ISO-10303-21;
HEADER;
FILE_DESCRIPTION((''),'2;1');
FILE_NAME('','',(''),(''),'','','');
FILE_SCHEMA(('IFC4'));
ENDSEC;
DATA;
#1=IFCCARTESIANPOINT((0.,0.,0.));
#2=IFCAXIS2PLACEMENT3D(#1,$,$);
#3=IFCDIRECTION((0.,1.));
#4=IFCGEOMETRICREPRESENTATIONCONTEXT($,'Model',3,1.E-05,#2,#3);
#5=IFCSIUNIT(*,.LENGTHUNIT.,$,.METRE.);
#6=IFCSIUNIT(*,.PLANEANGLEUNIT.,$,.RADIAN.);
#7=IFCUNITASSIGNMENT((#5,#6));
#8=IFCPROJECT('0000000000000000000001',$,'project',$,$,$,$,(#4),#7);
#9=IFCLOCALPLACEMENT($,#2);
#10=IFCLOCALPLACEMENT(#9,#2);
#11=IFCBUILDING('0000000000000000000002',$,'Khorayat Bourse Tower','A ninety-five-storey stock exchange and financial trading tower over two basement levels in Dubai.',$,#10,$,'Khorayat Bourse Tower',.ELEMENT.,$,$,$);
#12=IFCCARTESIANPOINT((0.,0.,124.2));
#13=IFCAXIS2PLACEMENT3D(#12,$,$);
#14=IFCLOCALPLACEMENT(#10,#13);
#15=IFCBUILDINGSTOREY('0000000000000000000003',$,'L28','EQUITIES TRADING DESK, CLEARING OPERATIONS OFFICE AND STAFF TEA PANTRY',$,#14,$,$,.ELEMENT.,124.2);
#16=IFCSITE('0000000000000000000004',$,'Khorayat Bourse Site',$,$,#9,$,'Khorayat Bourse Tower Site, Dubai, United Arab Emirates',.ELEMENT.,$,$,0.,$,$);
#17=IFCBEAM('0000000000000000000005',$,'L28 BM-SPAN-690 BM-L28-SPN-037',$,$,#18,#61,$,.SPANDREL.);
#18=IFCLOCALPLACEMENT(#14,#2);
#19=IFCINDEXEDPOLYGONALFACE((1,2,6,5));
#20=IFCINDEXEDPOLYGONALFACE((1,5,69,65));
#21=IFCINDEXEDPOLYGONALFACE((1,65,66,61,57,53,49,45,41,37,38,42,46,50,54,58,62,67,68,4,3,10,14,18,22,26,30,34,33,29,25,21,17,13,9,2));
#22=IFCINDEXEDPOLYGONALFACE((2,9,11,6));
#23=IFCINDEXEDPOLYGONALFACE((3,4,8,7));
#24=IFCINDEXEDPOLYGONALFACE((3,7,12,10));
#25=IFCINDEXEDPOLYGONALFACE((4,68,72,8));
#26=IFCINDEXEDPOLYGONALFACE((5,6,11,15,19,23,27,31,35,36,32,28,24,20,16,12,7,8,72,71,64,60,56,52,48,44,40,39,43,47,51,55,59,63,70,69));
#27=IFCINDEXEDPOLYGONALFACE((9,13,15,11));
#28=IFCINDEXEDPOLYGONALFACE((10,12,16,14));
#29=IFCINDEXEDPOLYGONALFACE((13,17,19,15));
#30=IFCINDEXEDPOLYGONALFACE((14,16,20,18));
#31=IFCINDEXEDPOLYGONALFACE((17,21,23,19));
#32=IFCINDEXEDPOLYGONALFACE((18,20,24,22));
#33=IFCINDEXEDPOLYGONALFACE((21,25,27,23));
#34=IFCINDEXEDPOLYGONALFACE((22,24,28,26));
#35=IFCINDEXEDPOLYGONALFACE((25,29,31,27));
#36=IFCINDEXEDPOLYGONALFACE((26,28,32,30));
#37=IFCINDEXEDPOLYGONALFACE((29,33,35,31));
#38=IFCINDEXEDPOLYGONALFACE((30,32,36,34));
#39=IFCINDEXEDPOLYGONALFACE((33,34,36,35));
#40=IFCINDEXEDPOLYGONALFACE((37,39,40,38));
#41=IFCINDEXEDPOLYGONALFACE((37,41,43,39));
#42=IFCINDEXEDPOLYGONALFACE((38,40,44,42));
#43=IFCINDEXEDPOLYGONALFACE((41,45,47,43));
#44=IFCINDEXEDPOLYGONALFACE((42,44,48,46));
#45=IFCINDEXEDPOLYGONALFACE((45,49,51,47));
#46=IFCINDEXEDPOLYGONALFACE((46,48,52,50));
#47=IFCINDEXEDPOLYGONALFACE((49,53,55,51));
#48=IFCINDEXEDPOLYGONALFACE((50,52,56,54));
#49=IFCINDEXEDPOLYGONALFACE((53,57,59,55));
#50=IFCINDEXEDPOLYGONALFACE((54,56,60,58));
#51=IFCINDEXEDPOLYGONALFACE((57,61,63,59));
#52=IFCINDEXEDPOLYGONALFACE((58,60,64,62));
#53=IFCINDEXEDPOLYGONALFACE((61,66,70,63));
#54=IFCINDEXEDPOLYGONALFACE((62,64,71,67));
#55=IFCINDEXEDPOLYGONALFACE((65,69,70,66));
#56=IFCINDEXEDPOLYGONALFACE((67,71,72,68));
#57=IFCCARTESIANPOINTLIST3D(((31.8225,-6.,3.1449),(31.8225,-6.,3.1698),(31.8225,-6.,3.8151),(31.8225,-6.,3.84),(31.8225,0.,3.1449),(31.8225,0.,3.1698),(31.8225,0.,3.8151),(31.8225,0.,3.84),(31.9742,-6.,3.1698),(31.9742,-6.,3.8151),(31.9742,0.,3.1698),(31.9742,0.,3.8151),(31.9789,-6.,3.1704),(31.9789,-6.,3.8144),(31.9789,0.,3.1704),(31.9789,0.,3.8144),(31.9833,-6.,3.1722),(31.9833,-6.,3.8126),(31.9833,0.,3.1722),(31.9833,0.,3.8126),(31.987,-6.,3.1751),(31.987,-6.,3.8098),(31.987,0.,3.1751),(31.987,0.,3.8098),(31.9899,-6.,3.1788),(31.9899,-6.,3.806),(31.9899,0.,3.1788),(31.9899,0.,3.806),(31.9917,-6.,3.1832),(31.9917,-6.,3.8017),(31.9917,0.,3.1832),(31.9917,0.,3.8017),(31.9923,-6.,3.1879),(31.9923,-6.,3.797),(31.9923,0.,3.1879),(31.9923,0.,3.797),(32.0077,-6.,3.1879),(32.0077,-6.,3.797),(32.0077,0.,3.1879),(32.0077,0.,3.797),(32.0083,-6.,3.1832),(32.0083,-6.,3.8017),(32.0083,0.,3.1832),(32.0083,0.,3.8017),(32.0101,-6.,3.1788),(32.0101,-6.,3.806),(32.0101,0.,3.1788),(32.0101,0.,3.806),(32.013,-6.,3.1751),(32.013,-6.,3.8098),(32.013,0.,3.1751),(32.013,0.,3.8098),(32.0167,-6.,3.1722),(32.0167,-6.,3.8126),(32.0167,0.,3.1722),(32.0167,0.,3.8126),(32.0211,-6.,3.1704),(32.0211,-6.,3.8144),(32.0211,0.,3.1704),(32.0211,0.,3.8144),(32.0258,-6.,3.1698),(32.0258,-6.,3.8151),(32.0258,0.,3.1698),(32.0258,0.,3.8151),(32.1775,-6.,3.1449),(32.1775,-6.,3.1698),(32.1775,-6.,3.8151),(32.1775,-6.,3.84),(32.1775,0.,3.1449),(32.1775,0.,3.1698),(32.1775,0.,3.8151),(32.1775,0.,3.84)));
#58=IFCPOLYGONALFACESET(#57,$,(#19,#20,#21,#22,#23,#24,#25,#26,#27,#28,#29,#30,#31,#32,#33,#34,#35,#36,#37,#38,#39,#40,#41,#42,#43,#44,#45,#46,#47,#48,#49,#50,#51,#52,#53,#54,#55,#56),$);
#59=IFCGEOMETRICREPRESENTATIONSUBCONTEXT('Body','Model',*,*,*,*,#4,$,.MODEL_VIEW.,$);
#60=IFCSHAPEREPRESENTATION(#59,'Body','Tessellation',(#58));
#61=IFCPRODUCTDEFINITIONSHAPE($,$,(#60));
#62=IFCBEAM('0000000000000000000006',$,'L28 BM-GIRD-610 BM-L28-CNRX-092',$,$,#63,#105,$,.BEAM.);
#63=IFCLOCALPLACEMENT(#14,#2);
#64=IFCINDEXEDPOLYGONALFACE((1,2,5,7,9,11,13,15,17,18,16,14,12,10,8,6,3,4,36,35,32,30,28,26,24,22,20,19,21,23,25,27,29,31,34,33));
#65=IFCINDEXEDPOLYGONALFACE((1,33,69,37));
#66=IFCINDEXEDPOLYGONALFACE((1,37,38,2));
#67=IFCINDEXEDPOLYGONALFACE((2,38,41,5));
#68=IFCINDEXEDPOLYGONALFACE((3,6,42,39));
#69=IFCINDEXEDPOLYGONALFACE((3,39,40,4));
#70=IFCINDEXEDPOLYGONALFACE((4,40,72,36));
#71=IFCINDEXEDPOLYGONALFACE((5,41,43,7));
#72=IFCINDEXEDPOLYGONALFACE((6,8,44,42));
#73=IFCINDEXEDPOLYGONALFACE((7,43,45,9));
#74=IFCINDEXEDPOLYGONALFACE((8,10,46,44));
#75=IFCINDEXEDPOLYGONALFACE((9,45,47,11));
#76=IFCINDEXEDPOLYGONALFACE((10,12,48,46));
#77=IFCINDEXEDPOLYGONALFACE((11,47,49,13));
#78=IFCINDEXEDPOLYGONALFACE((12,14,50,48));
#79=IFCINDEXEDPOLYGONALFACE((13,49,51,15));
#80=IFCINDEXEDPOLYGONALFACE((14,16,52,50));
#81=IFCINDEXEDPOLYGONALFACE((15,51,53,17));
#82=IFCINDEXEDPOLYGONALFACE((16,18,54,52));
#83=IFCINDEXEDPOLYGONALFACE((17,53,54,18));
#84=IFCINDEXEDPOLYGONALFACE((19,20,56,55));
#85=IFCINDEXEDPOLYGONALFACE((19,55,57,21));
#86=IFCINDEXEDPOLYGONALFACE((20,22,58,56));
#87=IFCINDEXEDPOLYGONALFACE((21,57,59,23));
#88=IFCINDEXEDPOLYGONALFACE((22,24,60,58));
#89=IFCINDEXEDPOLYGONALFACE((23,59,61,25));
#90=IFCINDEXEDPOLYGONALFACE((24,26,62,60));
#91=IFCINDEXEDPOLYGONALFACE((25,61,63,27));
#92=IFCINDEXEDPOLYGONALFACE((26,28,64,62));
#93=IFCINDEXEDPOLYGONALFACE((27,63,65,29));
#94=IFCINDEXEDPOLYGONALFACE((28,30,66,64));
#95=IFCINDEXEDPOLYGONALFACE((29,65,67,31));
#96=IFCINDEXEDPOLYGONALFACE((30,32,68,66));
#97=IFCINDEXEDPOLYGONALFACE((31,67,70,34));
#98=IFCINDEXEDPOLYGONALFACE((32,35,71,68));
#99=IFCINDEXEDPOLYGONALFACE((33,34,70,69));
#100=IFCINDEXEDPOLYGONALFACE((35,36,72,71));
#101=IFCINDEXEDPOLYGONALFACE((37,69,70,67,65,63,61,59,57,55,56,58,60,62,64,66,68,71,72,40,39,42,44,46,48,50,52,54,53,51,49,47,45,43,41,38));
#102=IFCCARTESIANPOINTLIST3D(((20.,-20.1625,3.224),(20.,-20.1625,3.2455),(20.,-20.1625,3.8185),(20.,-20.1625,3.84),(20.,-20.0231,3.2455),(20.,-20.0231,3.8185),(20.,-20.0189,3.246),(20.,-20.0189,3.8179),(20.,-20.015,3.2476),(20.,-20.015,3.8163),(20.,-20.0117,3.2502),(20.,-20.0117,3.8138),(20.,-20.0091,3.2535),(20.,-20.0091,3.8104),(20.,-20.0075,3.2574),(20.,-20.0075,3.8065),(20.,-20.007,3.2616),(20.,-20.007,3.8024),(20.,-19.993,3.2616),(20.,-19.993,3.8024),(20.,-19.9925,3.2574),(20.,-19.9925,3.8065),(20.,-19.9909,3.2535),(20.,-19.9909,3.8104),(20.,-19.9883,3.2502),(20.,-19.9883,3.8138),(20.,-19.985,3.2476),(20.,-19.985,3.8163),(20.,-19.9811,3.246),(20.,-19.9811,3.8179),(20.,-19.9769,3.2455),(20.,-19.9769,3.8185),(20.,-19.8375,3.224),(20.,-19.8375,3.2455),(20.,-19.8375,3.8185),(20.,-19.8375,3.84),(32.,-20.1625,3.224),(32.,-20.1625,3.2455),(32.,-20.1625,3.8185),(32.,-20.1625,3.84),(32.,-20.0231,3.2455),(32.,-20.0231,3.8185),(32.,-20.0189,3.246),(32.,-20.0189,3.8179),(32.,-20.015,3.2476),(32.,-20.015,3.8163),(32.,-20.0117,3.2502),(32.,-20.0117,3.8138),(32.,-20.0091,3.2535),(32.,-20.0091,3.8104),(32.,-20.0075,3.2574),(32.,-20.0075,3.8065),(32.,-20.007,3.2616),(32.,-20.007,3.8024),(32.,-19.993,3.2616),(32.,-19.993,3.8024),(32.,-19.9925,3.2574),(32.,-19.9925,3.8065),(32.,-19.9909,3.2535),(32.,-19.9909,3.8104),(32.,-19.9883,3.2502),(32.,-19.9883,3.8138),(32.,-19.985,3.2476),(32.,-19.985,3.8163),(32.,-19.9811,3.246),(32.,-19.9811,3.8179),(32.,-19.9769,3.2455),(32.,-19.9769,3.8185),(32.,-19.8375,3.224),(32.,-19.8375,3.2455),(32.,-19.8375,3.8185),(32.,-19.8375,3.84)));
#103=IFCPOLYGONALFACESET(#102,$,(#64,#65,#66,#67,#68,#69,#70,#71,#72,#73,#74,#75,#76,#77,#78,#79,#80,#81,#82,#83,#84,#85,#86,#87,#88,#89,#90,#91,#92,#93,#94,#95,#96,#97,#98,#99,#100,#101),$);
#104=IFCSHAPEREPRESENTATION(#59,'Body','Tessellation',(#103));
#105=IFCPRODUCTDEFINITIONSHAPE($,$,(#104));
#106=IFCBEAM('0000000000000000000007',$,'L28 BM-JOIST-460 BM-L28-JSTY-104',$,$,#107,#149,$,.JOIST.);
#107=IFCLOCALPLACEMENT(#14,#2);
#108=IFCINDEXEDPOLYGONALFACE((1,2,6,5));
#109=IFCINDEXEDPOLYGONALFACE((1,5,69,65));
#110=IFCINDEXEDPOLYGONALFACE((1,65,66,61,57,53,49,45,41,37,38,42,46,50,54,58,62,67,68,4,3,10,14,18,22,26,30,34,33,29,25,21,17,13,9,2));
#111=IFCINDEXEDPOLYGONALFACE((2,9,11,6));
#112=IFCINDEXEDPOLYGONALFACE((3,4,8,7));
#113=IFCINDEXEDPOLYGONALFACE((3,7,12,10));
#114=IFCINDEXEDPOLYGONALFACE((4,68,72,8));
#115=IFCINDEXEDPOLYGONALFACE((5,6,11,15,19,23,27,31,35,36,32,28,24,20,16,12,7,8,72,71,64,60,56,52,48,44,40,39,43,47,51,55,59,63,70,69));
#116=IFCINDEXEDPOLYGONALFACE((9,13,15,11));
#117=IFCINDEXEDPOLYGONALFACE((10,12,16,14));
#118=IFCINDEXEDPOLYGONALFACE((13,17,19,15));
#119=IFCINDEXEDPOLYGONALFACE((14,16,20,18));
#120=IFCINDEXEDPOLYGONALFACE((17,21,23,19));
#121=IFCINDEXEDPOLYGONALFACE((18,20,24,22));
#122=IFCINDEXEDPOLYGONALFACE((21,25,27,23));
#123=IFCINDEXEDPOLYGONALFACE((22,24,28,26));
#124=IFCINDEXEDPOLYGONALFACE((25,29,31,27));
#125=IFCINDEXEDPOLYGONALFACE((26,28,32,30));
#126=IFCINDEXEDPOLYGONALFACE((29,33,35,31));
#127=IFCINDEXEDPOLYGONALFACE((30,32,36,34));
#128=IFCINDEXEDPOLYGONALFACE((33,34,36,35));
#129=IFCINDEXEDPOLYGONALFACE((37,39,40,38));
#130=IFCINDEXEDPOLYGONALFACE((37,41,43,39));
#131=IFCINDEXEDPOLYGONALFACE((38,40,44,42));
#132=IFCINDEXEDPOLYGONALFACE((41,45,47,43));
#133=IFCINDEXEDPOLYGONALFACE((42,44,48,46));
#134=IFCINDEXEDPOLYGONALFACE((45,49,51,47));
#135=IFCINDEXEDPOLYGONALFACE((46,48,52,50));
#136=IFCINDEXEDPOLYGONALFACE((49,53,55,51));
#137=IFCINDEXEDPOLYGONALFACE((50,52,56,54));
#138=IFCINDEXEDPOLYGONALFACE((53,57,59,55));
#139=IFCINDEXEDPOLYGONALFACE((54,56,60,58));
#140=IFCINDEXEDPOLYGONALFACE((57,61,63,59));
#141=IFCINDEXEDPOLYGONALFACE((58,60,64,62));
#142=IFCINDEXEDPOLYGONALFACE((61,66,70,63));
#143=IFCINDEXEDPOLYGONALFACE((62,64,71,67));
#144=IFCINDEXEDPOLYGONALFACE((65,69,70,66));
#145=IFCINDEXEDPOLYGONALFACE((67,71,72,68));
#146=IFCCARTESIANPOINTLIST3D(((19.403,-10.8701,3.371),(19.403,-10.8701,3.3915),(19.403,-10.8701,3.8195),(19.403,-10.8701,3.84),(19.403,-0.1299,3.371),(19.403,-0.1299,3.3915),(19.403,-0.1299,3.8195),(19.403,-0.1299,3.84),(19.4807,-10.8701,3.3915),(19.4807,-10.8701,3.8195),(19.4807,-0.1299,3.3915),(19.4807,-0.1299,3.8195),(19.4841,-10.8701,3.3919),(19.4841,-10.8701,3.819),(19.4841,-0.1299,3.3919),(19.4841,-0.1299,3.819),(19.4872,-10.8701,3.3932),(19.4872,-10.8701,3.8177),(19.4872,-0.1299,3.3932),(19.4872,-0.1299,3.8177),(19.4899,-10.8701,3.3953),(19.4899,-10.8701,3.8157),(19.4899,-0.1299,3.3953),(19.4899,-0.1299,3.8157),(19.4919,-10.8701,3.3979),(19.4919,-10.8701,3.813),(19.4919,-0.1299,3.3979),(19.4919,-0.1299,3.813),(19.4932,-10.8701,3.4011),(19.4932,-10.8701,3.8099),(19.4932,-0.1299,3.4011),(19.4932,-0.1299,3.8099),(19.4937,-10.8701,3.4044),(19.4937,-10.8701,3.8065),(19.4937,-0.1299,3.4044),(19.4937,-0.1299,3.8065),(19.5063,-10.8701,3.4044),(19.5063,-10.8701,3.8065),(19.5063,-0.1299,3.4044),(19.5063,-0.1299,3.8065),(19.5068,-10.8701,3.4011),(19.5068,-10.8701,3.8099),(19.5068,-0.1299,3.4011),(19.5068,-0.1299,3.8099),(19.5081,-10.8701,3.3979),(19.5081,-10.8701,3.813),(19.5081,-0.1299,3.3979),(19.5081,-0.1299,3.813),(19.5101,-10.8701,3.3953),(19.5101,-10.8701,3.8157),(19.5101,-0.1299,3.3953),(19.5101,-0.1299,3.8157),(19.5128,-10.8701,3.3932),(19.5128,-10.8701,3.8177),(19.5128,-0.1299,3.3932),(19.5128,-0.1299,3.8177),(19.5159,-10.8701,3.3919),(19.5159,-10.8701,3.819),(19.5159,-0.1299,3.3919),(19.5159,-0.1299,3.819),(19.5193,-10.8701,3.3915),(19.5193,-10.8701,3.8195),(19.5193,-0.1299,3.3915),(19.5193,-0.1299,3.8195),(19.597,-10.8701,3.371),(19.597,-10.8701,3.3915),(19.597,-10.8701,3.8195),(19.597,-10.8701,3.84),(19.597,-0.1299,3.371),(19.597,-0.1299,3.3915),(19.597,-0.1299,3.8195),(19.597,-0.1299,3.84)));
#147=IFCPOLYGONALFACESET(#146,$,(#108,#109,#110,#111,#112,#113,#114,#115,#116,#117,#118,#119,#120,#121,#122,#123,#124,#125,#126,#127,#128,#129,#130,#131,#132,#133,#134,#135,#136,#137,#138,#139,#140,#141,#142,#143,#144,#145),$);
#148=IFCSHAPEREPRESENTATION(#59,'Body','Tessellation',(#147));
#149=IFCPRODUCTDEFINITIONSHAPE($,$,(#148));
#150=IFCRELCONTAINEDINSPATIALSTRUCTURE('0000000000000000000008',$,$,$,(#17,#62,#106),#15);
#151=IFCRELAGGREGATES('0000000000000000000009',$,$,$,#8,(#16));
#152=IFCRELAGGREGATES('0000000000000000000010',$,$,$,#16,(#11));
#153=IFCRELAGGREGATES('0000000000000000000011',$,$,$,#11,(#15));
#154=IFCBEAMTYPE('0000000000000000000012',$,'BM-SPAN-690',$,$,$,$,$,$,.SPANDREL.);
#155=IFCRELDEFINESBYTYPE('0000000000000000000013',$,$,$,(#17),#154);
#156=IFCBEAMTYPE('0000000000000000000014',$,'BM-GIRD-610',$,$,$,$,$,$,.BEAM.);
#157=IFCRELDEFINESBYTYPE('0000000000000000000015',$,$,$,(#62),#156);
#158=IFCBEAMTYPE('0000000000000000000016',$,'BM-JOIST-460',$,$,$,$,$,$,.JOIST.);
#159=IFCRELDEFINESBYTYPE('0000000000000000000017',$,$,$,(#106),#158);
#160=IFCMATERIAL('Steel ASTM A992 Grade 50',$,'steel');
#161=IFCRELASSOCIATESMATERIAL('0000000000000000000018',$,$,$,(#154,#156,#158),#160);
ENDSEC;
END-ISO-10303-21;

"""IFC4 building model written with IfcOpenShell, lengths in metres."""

from ifc_helpers import new_model, si_unit, direction, frame, origin, origin_2d, place, context, subcontext, project, spatial, i_section, extrude, source, transform, mapped, material, material_profile, profile_set, type_object, element, save


model = new_model("IFC4")

# Units and contexts
model_context = context("Model", 3, precision=1e-05, world=origin(), true_north=direction((0.0, 1.0)))
body_context = subcontext(model_context, "Body", "Model", "MODEL_VIEW")
ifc_project = project(units=[si_unit("LENGTHUNIT", "METRE"), si_unit("PLANEANGLEUNIT", "RADIAN")], contexts=[model_context])

# Site, building, storey
site_placement = place(None, origin())
site = spatial("IfcSite", under=ifc_project, at=site_placement, Name="Khorayat Bourse Site", LongName="Khorayat Bourse Tower Site, Dubai, United Arab Emirates", CompositionType="ELEMENT", RefElevation=0.0)
building_placement = place(site_placement, origin())
building = spatial("IfcBuilding", under=site, at=building_placement, Name="Khorayat Bourse Tower", Description="A ninety-five-storey stock exchange and financial trading tower over two basement levels in Dubai.", LongName="Khorayat Bourse Tower", CompositionType="ELEMENT")
storey_placement = place(building_placement, frame((0.0, 0.0, 124.2)))
storey = spatial("IfcBuildingStorey", under=building, at=storey_placement, Name="L28", Description="EQUITIES TRADING DESK, CLEARING OPERATIONS OFFICE AND STAFF TEA PANTRY", CompositionType="ELEMENT", Elevation=124.2)

# Beams
ifc_material_1 = material(Name="Steel ASTM A992 Grade 50", Category="steel")
ifc_material_profile_1 = material_profile(ifc_material_1, i_section(OverallWidth=0.355, OverallDepth=0.6951, WebThickness=0.0154, FlangeThickness=0.0249, FilletRadius=0.0181, at=origin_2d()), Name="W690X217")
ifc_profile_set_1 = profile_set([ifc_material_profile_1], Name="Steel ASTM A992 Grade 50")
beam_type_1 = type_object("IfcBeamType", Name="BM-SPAN-690", PredefinedType="SPANDREL", material=ifc_profile_set_1)
shared_shape_1 = source(origin(), body_context, "Body", "SweptSolid", [
    extrude(i_section(OverallWidth=0.355, OverallDepth=0.6951, WebThickness=0.0154, FlangeThickness=0.0249, FilletRadius=0.0181, at=origin_2d()), origin(), (0.0, 0.0, 1.0), 6.0),
])
beam_1_placement = place(storey_placement, frame((32.0, -6.0, 3.4924), z_axis=(0.0, 1.0, 0.0), x_axis=(-1.0, 0.0, 0.0)))
element("IfcBeam", 1, at=beam_1_placement, inside=storey, type_object=beam_type_1, Name="L28 BM-SPAN-690 BM-L28-SPN-037", PredefinedType="SPANDREL", context=body_context, shape_type="MappedRepresentation", body=[
    mapped(shared_shape_1, transform((0.0, 0.0, 0.0), scale=1.0)),
])
ifc_material_profile_2 = material_profile(ifc_material_1, i_section(OverallWidth=0.325, OverallDepth=0.616, WebThickness=0.0139, FlangeThickness=0.0215, FilletRadius=0.0161, at=origin_2d()), Name="W610X174")
ifc_profile_set_2 = profile_set([ifc_material_profile_2], Name="Steel ASTM A992 Grade 50")
beam_type_2 = type_object("IfcBeamType", Name="BM-GIRD-610", PredefinedType="BEAM", material=ifc_profile_set_2)
shared_shape_2 = source(origin(), body_context, "Body", "SweptSolid", [
    extrude(i_section(OverallWidth=0.325, OverallDepth=0.616, WebThickness=0.0139, FlangeThickness=0.0215, FilletRadius=0.0161, at=origin_2d()), origin(), (0.0, 0.0, 1.0), 12.0),
])
beam_2_placement = place(storey_placement, frame((20.0, -20.0, 3.532), z_axis=(1.0, 0.0, 0.0), x_axis=(0.0, 1.0, 0.0)))
element("IfcBeam", 2, at=beam_2_placement, inside=storey, type_object=beam_type_2, Name="L28 BM-GIRD-610 BM-L28-CNRX-092", PredefinedType="BEAM", context=body_context, shape_type="MappedRepresentation", body=[
    mapped(shared_shape_2, transform((0.0, 0.0, 0.0), scale=1.0)),
])
ifc_material_profile_3 = material_profile(ifc_material_1, i_section(OverallWidth=0.1941, OverallDepth=0.469, WebThickness=0.0127, FlangeThickness=0.0205, FilletRadius=0.0129, at=origin_2d()), Name="W460X106")
ifc_profile_set_3 = profile_set([ifc_material_profile_3], Name="Steel ASTM A992 Grade 50")
beam_type_3 = type_object("IfcBeamType", Name="BM-JOIST-460", PredefinedType="JOIST", material=ifc_profile_set_3)
shared_shape_3 = source(origin(), body_context, "Body", "SweptSolid", [
    extrude(i_section(OverallWidth=0.1941, OverallDepth=0.469, WebThickness=0.0127, FlangeThickness=0.0205, FilletRadius=0.0129, at=origin_2d()), origin(), (0.0, 0.0, 1.0), 10.7402),
])
beam_3_placement = place(storey_placement, frame((19.5, -10.8701, 3.6055), z_axis=(0.0, 1.0, 0.0), x_axis=(-1.0, 0.0, 0.0)))
element("IfcBeam", 3, at=beam_3_placement, inside=storey, type_object=beam_type_3, Name="L28 BM-JOIST-460 BM-L28-JSTY-104", PredefinedType="JOIST", context=body_context, shape_type="MappedRepresentation", body=[
    mapped(shared_shape_3, transform((0.0, 0.0, 0.0), scale=1.0)),
])

save(model, "model.ifc")
